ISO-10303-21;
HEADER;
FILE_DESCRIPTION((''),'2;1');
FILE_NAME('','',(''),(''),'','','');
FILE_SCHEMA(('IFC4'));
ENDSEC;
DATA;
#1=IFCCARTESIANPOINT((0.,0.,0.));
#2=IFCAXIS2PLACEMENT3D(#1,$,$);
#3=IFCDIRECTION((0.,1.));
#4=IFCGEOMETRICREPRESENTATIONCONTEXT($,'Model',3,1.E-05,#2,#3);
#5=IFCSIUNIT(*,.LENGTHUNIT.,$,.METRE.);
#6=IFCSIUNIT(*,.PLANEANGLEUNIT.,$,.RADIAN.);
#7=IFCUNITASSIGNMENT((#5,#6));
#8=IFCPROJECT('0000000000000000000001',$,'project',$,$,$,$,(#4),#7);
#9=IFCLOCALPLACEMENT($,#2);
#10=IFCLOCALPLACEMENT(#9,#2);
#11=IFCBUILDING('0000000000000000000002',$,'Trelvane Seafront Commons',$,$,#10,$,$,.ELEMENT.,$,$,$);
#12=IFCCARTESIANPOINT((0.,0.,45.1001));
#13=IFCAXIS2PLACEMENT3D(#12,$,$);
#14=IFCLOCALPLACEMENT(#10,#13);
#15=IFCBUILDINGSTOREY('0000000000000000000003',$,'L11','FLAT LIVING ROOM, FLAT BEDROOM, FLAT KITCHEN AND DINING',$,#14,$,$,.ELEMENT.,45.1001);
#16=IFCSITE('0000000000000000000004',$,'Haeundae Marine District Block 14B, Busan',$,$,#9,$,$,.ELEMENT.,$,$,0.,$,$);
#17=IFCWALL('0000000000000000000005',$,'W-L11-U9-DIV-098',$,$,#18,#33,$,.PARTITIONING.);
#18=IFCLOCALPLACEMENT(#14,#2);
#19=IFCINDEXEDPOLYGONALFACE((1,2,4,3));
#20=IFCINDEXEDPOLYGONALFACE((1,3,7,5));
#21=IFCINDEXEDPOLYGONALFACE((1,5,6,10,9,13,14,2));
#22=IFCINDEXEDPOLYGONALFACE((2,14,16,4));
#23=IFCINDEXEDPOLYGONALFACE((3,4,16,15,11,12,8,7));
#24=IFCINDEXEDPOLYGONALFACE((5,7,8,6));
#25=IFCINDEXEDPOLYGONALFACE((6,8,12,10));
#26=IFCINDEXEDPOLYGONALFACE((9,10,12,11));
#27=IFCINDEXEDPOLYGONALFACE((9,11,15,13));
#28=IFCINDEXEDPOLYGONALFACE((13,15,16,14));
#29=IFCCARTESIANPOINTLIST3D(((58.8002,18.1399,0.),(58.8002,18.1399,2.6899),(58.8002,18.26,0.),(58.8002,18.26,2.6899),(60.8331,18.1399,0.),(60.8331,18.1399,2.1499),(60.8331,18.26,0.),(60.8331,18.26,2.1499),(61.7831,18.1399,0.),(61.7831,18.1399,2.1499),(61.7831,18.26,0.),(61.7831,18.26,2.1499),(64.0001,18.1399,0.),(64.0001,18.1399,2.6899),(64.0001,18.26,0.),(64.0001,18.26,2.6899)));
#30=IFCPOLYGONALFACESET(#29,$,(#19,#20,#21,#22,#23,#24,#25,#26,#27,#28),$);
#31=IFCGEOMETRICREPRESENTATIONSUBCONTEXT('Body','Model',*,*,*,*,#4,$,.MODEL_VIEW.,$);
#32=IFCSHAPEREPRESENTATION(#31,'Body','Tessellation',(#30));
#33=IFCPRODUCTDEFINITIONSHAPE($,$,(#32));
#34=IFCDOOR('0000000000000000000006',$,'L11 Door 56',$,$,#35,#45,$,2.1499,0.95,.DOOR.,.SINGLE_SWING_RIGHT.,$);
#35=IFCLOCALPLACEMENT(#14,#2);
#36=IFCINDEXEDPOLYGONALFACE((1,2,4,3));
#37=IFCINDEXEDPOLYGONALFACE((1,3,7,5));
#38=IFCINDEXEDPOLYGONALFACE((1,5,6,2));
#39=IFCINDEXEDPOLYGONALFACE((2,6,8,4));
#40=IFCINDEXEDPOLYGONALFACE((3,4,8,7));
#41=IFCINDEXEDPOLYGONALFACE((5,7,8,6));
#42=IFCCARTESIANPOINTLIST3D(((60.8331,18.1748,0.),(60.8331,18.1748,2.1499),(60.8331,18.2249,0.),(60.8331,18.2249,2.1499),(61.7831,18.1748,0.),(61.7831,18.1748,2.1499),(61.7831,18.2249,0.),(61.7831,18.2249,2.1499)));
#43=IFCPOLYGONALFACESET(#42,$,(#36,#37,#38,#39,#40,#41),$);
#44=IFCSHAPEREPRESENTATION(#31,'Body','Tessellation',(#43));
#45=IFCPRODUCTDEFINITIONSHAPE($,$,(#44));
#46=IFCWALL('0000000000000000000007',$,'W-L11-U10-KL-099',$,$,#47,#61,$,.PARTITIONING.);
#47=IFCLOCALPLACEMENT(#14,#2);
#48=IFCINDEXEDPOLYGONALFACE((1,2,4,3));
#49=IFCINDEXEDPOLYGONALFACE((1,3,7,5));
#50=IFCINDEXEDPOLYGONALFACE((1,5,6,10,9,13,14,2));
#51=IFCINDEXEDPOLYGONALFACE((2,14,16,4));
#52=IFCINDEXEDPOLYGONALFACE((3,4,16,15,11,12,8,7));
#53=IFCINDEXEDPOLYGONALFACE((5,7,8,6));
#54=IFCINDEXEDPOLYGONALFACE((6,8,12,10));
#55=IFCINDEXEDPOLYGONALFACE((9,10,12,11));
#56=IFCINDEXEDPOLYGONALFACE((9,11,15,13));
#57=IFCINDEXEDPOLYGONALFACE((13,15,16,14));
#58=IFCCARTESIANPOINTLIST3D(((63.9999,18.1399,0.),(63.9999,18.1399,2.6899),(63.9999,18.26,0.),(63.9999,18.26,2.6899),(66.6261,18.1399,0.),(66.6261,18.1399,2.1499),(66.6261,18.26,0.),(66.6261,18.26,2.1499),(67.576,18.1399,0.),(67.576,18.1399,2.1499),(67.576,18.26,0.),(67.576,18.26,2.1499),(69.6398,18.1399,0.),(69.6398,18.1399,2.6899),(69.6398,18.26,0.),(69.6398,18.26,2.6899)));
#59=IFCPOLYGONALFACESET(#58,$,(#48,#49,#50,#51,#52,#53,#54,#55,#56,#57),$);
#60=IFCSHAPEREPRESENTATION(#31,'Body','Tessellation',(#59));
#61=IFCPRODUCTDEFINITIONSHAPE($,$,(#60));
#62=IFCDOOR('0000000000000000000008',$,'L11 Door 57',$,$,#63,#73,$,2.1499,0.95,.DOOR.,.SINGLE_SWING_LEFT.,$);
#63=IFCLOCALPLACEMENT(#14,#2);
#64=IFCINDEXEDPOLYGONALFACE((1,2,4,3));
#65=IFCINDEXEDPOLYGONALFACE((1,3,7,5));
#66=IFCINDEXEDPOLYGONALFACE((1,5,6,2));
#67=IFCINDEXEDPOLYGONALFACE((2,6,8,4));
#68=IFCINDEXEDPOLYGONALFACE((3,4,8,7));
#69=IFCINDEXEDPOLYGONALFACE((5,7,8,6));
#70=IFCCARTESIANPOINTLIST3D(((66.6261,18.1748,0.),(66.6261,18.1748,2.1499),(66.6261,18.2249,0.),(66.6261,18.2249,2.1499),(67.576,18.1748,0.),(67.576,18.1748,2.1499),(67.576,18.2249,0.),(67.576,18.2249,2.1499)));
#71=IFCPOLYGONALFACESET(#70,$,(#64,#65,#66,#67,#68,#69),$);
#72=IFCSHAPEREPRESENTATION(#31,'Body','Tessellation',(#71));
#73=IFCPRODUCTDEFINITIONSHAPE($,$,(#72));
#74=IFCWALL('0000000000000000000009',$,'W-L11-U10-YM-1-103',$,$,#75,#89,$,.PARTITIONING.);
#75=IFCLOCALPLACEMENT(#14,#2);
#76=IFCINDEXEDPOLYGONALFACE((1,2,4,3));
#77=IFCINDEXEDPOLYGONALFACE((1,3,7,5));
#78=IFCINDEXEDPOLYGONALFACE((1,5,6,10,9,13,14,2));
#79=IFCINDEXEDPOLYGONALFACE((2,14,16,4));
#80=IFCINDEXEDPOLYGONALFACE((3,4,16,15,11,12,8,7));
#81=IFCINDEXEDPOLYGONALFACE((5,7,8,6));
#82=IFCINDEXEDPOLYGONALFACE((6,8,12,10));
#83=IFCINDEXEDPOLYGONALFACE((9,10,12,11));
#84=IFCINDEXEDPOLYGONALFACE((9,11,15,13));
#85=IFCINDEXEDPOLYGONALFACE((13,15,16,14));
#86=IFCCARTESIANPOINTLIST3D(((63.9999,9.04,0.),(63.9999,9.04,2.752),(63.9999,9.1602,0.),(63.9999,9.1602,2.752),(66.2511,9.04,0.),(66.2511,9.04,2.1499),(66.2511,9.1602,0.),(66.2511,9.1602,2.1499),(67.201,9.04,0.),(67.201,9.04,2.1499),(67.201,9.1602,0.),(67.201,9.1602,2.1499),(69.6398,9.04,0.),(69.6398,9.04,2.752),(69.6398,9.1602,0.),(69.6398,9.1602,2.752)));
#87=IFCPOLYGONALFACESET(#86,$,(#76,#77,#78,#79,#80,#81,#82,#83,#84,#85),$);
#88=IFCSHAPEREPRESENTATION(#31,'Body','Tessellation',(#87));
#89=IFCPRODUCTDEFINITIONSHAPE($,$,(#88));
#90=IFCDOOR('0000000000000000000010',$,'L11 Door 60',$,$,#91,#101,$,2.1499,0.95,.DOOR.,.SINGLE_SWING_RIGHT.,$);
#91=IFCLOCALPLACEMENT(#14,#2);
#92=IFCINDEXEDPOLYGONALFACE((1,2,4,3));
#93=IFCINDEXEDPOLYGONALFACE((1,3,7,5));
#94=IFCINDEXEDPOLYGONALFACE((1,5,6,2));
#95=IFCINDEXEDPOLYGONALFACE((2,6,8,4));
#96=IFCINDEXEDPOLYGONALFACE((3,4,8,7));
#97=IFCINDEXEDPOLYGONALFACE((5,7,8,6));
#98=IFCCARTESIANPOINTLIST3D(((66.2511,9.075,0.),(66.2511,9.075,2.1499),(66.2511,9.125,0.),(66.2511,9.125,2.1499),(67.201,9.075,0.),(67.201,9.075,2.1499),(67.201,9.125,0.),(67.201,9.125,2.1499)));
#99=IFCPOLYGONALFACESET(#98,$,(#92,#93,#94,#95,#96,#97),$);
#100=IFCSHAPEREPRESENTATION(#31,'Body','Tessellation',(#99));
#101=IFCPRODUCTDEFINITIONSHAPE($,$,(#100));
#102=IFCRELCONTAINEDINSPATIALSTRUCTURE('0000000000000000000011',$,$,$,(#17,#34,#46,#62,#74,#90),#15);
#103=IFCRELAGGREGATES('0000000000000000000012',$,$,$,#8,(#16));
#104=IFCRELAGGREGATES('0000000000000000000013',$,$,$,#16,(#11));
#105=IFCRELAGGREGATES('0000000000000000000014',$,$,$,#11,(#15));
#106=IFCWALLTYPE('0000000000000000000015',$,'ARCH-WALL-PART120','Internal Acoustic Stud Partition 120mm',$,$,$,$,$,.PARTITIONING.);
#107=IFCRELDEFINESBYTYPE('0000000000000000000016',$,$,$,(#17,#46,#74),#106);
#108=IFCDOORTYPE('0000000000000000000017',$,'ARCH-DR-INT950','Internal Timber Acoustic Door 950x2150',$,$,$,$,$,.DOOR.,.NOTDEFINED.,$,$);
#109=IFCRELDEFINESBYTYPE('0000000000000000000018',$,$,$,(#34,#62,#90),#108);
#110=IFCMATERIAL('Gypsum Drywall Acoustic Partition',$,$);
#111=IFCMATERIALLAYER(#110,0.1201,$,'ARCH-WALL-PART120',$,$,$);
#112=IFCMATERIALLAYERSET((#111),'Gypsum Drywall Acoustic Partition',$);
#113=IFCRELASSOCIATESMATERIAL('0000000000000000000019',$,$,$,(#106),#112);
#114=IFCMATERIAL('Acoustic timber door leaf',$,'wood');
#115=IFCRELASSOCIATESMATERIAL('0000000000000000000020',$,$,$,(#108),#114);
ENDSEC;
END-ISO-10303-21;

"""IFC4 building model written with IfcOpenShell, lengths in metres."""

from ifc_helpers import new_model, si_unit, direction, frame, frame_2d, origin, place, context, subcontext, project, spatial, rectangle, extrude, source, transform, mapped, material, layer, layer_set, type_object, element, fill, save


model = new_model("IFC4")

# Units and contexts
model_context = context("Model", 3, precision=1e-05, world=origin(), true_north=direction((0.0, 1.0)))
body_context = subcontext(model_context, "Body", "Model", "MODEL_VIEW")
ifc_project = project(units=[si_unit("LENGTHUNIT", "METRE"), si_unit("PLANEANGLEUNIT", "RADIAN")], contexts=[model_context])

# Site, building, storey
site_placement = place(None, origin())
site = spatial("IfcSite", under=ifc_project, at=site_placement, Name="Haeundae Marine District Block 14B, Busan", CompositionType="ELEMENT", RefElevation=0.0)
building_placement = place(site_placement, origin())
building = spatial("IfcBuilding", under=site, at=building_placement, Name="Trelvane Seafront Commons", CompositionType="ELEMENT")
storey_placement = place(building_placement, frame((0.0, 0.0, 45.1001)))
storey = spatial("IfcBuildingStorey", under=building, at=storey_placement, Name="L11", Description="FLAT LIVING ROOM, FLAT BEDROOM, FLAT KITCHEN AND DINING", CompositionType="ELEMENT", Elevation=45.1001)

# Walls, openings, doors
ifc_material_1 = material(Name="Gypsum Drywall Acoustic Partition")
ifc_layer_1 = layer(ifc_material_1, 0.1201, Name="ARCH-WALL-PART120")
ifc_layer_set_1 = layer_set([ifc_layer_1], Name="Gypsum Drywall Acoustic Partition")
wall_type_1 = type_object("IfcWallType", Name="ARCH-WALL-PART120", Description="Internal Acoustic Stud Partition 120mm", PredefinedType="PARTITIONING", material=ifc_layer_set_1)
wall_1_placement = place(storey_placement, frame((58.8, 18.2, 0.0), z_axis=(0.0, 0.0, 1.0), x_axis=(1.0, 0.0, 0.0)))
wall_1 = element("IfcWall", 1, at=wall_1_placement, inside=storey, type_object=wall_type_1, Name="W-L11-U9-DIV-098", PredefinedType="PARTITIONING", context=body_context, shape_type="SweptSolid", body=[
    extrude(rectangle(XDim=5.2, YDim=0.1201, at=frame_2d((2.6001, 0.0))), origin(), (0.0, 0.0, 1.0), 2.6899),
])
opening_1_placement = place(wall_1_placement, frame((2.033, 0.0, 0.0)))
opening_1 = element("IfcOpeningElement", 2, at=opening_1_placement, cuts=wall_1, PredefinedType="OPENING", context=body_context, shape_type="SweptSolid", body=[
    extrude(rectangle(XDim=0.95, YDim=2.1499, at=frame_2d((0.4751, 1.075))), frame((0.0, 0.0701, 0.0), z_axis=(0.0, -1.0, 0.0), x_axis=(1.0, 0.0, 0.0)), (0.0, 0.0, 1.0), 0.1401),
])
ifc_material_2 = material(Name="Acoustic timber door leaf", Category="wood")
door_type = type_object("IfcDoorType", Name="ARCH-DR-INT950", Description="Internal Timber Acoustic Door 950x2150", OperationType="NOTDEFINED", PredefinedType="DOOR", material=ifc_material_2)
shared_shape_1 = source(origin(), body_context, "Body", "SweptSolid", [
    extrude(rectangle(XDim=0.95, YDim=2.1499, at=frame_2d((0.4751, 1.075))), frame((0.0, 0.0249, 0.0), z_axis=(0.0, -1.0, 0.0), x_axis=(1.0, 0.0, 0.0)), (0.0, 0.0, 1.0), 0.05),
])
door_1_placement = place(opening_1_placement, origin())
door_1 = element("IfcDoor", 3, at=door_1_placement, inside=storey, type_object=door_type, Name="L11 Door 56", OperationType="SINGLE_SWING_RIGHT", OverallHeight=2.1499, OverallWidth=0.95, PredefinedType="DOOR", context=body_context, shape_type="MappedRepresentation", body=[
    mapped(shared_shape_1, transform((0.0, 0.0, 0.0), x_axis=(1.0, 0.0, 0.0), y_axis=(0.0, 1.0, 0.0), z_axis=(0.0, 0.0, 1.0), scale=1.0)),
])
fill(opening_1, door_1)
wall_2_placement = place(storey_placement, frame((64.0, 18.2, 0.0), z_axis=(0.0, 0.0, 1.0), x_axis=(1.0, 0.0, 0.0)))
wall_2 = element("IfcWall", 4, at=wall_2_placement, inside=storey, type_object=wall_type_1, Name="W-L11-U10-KL-099", PredefinedType="PARTITIONING", context=body_context, shape_type="SweptSolid", body=[
    extrude(rectangle(XDim=5.6399, YDim=0.1201, at=frame_2d((2.8198, 0.0))), origin(), (0.0, 0.0, 1.0), 2.6899),
])
opening_2_placement = place(wall_2_placement, frame((2.626, 0.0, 0.0)))
opening_2 = element("IfcOpeningElement", 5, at=opening_2_placement, cuts=wall_2, PredefinedType="OPENING", context=body_context, shape_type="SweptSolid", body=[
    extrude(rectangle(XDim=0.95, YDim=2.1499, at=frame_2d((0.4751, 1.075))), frame((0.0, 0.0701, 0.0), z_axis=(0.0, -1.0, 0.0), x_axis=(1.0, 0.0, 0.0)), (0.0, 0.0, 1.0), 0.1401),
])
door_2_placement = place(opening_2_placement, origin())
door_2 = element("IfcDoor", 6, at=door_2_placement, inside=storey, type_object=door_type, Name="L11 Door 57", OperationType="SINGLE_SWING_LEFT", OverallHeight=2.1499, OverallWidth=0.95, PredefinedType="DOOR", context=body_context, shape_type="MappedRepresentation", body=[
    mapped(shared_shape_1, transform((0.0, 0.0, 0.0), x_axis=(1.0, 0.0, 0.0), y_axis=(0.0, 1.0, 0.0), z_axis=(0.0, 0.0, 1.0), scale=1.0)),
])
fill(opening_2, door_2)
wall_3_placement = place(storey_placement, frame((64.0, 9.1001, 0.0), z_axis=(0.0, 0.0, 1.0), x_axis=(1.0, 0.0, 0.0)))
wall_3 = element("IfcWall", 7, at=wall_3_placement, inside=storey, type_object=wall_type_1, Name="W-L11-U10-YM-1-103", PredefinedType="PARTITIONING", context=body_context, shape_type="SweptSolid", body=[
    extrude(rectangle(XDim=5.6399, YDim=0.1201, at=frame_2d((2.8198, 0.0))), origin(), (0.0, 0.0, 1.0), 2.752),
])
opening_3_placement = place(wall_3_placement, frame((2.251, 0.0, 0.0)))
opening_3 = element("IfcOpeningElement", 8, at=opening_3_placement, cuts=wall_3, PredefinedType="OPENING", context=body_context, shape_type="SweptSolid", body=[
    extrude(rectangle(XDim=0.95, YDim=2.1499, at=frame_2d((0.4751, 1.075))), frame((0.0, 0.0701, 0.0), z_axis=(0.0, -1.0, 0.0), x_axis=(1.0, 0.0, 0.0)), (0.0, 0.0, 1.0), 0.1401),
])
door_3_placement = place(opening_3_placement, origin())
door_3 = element("IfcDoor", 9, at=door_3_placement, inside=storey, type_object=door_type, Name="L11 Door 60", OperationType="SINGLE_SWING_RIGHT", OverallHeight=2.1499, OverallWidth=0.95, PredefinedType="DOOR", context=body_context, shape_type="MappedRepresentation", body=[
    mapped(shared_shape_1, transform((0.0, 0.0, 0.0), x_axis=(1.0, 0.0, 0.0), y_axis=(0.0, 1.0, 0.0), z_axis=(0.0, 0.0, 1.0), scale=1.0)),
])
fill(opening_3, door_3)

save(model, "model.ifc")
